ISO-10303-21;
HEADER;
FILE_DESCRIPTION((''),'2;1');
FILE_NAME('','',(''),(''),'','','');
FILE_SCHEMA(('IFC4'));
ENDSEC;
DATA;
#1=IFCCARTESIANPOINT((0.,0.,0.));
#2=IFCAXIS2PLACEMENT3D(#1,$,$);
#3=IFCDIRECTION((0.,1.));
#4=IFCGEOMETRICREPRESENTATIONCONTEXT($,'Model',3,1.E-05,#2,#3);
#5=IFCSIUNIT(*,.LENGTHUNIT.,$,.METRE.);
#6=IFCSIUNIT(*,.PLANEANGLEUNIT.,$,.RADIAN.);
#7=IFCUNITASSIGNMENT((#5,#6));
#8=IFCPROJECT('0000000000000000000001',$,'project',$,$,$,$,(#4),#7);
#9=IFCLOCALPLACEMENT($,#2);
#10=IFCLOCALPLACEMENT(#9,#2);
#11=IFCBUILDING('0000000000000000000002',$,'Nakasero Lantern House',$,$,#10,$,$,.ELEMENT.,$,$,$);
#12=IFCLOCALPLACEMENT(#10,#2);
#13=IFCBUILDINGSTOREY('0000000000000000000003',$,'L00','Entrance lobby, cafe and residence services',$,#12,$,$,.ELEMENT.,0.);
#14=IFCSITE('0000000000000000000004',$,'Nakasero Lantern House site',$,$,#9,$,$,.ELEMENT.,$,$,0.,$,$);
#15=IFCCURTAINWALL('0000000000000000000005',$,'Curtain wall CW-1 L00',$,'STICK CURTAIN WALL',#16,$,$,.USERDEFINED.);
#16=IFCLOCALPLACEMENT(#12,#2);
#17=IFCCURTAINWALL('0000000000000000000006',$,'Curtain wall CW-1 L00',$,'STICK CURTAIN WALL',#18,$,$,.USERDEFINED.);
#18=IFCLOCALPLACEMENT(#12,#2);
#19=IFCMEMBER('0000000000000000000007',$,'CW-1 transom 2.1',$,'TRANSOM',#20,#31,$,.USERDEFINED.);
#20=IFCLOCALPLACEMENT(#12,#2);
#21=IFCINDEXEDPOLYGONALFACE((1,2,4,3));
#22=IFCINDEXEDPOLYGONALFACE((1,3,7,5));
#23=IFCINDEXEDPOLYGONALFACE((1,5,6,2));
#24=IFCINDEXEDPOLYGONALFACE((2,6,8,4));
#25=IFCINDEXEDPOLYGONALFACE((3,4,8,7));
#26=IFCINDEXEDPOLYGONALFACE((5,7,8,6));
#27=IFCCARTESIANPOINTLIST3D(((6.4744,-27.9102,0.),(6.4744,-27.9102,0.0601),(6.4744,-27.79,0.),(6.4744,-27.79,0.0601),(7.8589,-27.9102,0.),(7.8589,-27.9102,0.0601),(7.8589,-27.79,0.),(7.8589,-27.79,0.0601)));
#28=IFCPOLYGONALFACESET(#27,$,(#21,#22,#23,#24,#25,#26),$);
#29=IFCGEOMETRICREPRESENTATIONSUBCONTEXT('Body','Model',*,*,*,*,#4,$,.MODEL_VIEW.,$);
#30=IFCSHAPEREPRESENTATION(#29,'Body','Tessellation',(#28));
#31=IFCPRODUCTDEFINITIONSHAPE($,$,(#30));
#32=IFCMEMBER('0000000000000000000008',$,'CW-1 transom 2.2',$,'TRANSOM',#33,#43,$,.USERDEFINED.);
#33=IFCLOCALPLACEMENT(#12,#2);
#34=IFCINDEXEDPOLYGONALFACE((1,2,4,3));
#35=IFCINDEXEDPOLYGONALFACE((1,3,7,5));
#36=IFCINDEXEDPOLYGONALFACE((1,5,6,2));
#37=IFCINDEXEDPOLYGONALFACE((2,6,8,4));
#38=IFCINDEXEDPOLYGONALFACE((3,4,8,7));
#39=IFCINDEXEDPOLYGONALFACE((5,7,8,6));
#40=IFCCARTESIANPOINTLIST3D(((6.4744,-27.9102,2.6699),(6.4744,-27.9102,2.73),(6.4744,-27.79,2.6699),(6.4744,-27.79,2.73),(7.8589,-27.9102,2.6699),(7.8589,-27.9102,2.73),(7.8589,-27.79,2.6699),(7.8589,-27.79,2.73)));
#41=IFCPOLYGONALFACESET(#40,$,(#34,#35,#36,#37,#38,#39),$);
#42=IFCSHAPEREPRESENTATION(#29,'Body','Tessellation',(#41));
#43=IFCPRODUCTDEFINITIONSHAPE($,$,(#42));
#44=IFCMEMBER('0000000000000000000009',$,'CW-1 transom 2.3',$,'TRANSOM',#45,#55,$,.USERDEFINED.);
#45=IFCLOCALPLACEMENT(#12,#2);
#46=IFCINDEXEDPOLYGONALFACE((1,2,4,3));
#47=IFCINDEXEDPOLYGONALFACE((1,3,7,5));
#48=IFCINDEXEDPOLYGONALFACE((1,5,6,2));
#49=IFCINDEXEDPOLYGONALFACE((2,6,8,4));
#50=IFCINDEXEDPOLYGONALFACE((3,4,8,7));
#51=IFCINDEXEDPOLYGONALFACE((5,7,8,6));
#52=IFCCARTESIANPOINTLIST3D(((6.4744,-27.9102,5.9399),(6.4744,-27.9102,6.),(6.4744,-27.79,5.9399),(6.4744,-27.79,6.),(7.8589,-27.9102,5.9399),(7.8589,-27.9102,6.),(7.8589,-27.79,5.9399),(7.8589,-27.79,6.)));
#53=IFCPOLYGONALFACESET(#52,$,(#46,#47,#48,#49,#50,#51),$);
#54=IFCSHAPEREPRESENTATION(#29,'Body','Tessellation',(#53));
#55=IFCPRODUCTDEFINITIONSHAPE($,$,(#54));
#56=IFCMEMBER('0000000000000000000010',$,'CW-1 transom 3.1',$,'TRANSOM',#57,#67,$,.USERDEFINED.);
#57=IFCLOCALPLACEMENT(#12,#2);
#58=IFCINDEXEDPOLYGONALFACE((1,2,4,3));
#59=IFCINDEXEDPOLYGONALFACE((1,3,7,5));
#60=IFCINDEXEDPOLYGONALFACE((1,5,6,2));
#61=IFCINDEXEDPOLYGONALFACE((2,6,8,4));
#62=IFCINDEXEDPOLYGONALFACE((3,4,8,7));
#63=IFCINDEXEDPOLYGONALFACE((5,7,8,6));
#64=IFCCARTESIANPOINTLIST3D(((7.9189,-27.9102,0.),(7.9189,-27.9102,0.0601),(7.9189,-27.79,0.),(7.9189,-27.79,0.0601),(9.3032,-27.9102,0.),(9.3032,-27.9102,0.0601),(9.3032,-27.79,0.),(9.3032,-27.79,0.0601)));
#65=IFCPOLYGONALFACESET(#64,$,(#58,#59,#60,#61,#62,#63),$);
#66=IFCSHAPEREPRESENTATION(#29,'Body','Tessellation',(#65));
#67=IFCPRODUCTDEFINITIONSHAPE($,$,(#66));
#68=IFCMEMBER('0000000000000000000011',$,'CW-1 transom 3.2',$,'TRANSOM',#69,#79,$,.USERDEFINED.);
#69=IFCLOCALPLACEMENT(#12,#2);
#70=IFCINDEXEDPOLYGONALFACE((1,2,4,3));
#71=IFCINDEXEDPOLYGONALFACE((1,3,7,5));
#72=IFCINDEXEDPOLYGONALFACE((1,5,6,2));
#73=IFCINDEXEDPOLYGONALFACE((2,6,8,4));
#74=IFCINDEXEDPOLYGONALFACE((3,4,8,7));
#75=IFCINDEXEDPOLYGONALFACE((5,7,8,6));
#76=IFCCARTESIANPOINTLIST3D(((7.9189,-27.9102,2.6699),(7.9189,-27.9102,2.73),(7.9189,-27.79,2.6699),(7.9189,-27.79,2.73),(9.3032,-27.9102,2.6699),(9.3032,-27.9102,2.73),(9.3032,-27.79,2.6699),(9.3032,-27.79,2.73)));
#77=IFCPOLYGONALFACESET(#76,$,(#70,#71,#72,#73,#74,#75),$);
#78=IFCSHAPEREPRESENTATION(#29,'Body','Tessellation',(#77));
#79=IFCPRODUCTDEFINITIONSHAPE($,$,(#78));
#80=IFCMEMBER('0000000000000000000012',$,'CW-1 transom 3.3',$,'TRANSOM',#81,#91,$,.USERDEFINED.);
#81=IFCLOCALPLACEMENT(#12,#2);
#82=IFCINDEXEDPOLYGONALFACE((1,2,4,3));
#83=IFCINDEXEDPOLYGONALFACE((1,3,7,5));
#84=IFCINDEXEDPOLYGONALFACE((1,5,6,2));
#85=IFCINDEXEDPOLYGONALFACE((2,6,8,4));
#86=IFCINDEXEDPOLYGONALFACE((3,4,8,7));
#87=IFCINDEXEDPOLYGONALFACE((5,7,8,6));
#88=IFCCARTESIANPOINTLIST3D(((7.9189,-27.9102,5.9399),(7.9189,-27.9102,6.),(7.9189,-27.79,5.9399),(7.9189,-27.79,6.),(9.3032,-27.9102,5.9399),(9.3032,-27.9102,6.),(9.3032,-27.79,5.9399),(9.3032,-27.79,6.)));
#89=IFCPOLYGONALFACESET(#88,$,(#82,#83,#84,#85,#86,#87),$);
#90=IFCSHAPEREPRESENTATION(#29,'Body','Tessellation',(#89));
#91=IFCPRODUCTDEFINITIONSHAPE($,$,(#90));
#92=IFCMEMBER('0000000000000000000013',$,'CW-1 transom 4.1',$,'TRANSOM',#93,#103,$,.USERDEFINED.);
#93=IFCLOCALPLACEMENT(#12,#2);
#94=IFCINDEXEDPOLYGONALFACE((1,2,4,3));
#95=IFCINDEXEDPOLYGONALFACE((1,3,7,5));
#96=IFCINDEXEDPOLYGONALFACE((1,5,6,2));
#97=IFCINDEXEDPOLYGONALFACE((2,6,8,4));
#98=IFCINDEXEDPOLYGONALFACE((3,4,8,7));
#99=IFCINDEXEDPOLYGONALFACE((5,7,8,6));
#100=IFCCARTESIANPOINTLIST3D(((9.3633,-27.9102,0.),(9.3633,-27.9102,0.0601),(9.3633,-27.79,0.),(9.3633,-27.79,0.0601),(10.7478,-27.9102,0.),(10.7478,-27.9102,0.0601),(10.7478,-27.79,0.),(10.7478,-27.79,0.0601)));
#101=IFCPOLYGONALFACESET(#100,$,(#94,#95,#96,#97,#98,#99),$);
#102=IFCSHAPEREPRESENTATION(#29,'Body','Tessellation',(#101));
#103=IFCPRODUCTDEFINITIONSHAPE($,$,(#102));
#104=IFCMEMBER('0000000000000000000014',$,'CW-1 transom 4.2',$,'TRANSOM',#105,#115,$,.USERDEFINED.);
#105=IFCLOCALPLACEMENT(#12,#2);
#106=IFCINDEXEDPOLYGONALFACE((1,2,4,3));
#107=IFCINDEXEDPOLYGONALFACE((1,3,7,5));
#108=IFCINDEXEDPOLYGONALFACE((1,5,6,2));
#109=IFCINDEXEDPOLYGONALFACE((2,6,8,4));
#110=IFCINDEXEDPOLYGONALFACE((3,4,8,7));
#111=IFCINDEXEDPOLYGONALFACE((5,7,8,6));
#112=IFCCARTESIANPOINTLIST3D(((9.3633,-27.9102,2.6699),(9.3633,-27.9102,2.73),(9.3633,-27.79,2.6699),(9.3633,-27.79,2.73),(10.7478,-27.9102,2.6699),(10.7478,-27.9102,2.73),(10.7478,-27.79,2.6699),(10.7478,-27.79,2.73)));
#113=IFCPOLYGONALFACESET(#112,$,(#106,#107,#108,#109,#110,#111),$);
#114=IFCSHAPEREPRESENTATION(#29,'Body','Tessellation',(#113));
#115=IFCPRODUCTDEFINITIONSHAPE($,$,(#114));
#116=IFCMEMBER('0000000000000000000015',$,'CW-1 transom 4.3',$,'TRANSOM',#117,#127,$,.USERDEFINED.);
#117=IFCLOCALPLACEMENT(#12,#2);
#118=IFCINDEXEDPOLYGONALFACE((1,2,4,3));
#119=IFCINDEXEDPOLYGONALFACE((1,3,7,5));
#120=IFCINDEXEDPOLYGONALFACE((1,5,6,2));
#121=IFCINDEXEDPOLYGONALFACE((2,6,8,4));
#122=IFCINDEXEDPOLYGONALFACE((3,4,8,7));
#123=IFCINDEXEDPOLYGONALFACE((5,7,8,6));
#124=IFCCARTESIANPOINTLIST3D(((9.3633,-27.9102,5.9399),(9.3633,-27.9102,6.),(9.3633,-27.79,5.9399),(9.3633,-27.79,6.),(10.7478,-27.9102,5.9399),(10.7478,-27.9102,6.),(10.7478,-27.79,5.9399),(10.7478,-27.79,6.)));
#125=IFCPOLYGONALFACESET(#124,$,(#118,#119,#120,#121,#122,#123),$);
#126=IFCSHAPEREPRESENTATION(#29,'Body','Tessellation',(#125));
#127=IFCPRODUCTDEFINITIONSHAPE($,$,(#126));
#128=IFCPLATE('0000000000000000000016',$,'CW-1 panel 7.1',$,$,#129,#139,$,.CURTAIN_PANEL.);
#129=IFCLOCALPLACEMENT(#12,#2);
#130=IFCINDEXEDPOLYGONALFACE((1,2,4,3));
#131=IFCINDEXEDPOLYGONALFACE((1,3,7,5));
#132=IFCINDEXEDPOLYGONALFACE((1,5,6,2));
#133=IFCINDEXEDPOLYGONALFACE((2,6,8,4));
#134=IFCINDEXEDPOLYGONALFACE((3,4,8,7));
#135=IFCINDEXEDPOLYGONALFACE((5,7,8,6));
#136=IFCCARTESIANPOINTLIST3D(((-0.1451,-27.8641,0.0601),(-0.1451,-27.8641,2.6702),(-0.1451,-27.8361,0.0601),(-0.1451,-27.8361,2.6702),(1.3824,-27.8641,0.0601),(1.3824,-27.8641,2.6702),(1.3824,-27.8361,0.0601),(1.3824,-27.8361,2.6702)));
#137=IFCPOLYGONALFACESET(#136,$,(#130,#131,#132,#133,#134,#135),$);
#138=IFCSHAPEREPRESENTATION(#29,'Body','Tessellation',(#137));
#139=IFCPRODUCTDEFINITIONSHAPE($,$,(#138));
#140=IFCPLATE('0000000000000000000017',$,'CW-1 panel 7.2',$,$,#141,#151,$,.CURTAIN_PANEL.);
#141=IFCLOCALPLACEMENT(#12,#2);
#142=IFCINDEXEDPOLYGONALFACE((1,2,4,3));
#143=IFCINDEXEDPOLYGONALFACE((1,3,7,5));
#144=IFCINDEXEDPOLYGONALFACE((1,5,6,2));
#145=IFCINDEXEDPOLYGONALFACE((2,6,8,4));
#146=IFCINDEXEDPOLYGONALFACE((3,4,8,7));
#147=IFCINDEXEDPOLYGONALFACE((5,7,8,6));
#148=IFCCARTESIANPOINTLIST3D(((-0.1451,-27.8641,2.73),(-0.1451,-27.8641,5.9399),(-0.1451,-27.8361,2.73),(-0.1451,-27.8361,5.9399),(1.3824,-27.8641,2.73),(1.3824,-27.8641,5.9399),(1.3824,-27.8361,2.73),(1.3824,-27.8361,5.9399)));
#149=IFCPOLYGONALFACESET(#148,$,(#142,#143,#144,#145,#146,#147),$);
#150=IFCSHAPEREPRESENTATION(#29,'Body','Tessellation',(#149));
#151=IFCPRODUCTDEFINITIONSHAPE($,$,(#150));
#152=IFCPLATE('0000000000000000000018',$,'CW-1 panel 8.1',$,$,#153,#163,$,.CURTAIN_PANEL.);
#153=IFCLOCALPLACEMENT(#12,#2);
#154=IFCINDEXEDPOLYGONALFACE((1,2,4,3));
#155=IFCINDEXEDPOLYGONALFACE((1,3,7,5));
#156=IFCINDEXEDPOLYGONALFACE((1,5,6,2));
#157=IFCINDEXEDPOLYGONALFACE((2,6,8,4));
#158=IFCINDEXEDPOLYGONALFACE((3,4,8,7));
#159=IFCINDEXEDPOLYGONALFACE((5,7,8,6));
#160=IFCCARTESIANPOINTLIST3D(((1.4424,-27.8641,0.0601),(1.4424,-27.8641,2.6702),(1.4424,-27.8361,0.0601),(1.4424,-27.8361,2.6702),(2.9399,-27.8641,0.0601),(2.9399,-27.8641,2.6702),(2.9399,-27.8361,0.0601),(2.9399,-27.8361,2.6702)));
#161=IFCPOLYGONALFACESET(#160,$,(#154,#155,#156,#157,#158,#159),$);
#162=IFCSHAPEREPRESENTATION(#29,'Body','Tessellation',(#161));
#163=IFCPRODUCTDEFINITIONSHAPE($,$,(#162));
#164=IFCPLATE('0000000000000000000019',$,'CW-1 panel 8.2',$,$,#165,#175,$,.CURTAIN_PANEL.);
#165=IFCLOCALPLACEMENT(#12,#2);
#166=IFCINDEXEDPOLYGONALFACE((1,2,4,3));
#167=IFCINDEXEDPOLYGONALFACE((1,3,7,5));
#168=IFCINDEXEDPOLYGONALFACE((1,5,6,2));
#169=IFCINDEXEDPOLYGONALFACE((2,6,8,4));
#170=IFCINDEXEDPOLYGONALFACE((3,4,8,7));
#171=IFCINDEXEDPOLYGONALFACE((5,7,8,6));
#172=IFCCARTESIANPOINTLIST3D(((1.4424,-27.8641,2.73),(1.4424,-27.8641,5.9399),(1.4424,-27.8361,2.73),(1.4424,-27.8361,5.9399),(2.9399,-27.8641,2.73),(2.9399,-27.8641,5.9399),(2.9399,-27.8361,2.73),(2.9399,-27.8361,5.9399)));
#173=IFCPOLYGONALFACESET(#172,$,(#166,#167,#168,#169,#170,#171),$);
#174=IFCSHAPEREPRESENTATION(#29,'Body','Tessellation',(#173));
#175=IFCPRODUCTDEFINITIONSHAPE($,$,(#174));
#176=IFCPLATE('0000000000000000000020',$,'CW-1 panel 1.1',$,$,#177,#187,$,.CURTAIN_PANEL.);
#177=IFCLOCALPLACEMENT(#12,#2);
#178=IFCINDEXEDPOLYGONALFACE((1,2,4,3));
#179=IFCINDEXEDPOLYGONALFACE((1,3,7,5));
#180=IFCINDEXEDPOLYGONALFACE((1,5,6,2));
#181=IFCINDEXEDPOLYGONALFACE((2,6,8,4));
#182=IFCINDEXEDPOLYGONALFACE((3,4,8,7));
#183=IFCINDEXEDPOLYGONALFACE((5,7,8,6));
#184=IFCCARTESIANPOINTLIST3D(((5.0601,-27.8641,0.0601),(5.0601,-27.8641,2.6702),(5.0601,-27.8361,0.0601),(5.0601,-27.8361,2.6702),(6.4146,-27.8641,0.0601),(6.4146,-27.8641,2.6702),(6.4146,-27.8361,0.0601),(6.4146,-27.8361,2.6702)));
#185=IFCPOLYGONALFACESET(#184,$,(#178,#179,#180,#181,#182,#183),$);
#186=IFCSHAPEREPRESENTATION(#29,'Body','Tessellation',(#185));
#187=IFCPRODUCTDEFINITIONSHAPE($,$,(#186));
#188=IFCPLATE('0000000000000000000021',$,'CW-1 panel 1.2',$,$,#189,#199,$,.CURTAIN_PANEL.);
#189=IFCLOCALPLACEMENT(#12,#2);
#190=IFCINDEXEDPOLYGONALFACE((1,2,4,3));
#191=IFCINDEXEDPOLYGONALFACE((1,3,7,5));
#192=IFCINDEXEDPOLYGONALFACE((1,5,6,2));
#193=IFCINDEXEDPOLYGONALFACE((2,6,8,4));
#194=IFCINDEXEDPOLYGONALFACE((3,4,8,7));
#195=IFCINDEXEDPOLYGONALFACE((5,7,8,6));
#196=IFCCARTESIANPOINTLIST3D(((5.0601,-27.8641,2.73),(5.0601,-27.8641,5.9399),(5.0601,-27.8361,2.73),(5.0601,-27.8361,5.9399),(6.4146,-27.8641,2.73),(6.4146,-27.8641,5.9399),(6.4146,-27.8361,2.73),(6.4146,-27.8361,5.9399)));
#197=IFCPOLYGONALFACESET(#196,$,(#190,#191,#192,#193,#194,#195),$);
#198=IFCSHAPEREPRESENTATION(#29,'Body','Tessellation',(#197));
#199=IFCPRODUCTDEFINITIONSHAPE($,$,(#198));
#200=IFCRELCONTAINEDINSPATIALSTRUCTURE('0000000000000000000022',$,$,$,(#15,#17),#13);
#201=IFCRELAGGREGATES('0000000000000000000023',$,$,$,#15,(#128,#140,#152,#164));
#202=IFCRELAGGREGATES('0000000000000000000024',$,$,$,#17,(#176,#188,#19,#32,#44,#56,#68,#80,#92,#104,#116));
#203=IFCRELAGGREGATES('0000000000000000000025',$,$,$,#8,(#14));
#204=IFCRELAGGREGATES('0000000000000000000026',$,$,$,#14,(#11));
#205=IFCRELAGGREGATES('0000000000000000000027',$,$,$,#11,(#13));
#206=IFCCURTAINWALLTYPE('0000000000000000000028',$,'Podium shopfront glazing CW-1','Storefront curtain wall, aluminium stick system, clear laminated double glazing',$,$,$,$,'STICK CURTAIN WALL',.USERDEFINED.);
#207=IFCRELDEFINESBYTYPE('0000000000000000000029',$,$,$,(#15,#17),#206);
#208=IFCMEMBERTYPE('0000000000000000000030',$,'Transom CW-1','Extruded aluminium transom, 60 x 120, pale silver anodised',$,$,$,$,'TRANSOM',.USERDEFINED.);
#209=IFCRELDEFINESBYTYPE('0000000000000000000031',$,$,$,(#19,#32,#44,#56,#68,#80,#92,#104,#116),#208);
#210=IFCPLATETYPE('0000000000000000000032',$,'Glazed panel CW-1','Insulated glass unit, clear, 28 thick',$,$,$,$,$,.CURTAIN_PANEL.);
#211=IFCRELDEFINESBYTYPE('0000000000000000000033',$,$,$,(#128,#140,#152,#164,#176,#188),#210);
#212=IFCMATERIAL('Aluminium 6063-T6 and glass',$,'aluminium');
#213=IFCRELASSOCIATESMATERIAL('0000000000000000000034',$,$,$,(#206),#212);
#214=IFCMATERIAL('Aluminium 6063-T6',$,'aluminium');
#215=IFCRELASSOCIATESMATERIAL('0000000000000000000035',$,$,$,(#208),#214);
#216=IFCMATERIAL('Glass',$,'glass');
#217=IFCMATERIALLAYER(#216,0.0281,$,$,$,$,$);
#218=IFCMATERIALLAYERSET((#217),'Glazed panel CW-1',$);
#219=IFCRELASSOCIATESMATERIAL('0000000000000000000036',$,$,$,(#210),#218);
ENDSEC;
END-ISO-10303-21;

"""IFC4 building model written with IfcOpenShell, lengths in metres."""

from ifc_helpers import new_model, si_unit, direction, frame, origin, origin_2d, place, context, subcontext, project, spatial, rectangle, extrude, material, layer, layer_set, material_profile, profile_set, type_object, element, aggregate, save


model = new_model("IFC4")

# Units and contexts
model_context = context("Model", 3, precision=1e-05, world=origin(), true_north=direction((0.0, 1.0)))
body_context = subcontext(model_context, "Body", "Model", "MODEL_VIEW")
ifc_project = project(units=[si_unit("LENGTHUNIT", "METRE"), si_unit("PLANEANGLEUNIT", "RADIAN")], contexts=[model_context])

# Site, building, storey
site_placement = place(None, origin())
site = spatial("IfcSite", under=ifc_project, at=site_placement, Name="Nakasero Lantern House site", CompositionType="ELEMENT", RefElevation=0.0)
building_placement = place(site_placement, origin())
building = spatial("IfcBuilding", under=site, at=building_placement, Name="Nakasero Lantern House", CompositionType="ELEMENT")
storey_placement = place(building_placement, origin())
storey = spatial("IfcBuildingStorey", under=building, at=storey_placement, Name="L00", Description="Entrance lobby, cafe and residence services", CompositionType="ELEMENT", Elevation=0.0)

# Curtain walls
ifc_material_1 = material(Name="Aluminium 6063-T6 and glass", Category="aluminium")
curtain_wall_type = type_object("IfcCurtainWallType", Name="Podium shopfront glazing CW-1", Description="Storefront curtain wall, aluminium stick system, clear laminated double glazing", ElementType="STICK CURTAIN WALL", PredefinedType="USERDEFINED", material=ifc_material_1)
curtain_wall_1_placement = place(storey_placement, origin())
curtain_wall_1 = element("IfcCurtainWall", 1, at=curtain_wall_1_placement, inside=storey, type_object=curtain_wall_type, Name="Curtain wall CW-1 L00", ObjectType="STICK CURTAIN WALL", PredefinedType="USERDEFINED")
curtain_wall_2_placement = place(storey_placement, origin())
curtain_wall_2 = element("IfcCurtainWall", 2, at=curtain_wall_2_placement, inside=storey, type_object=curtain_wall_type, Name="Curtain wall CW-1 L00", ObjectType="STICK CURTAIN WALL", PredefinedType="USERDEFINED")

# Members
ifc_material_2 = material(Name="Aluminium 6063-T6", Category="aluminium")
ifc_material_profile_1 = material_profile(ifc_material_2, rectangle(XDim=0.0601, YDim=0.1201, at=origin_2d()), Name="CW-1 transom 60x120")
ifc_profile_set_1 = profile_set([ifc_material_profile_1], Name="Aluminium 6063-T6")
member_type_1 = type_object("IfcMemberType", Name="Transom CW-1", Description="Extruded aluminium transom, 60 x 120, pale silver anodised", ElementType="TRANSOM", PredefinedType="USERDEFINED", material=ifc_profile_set_1)
member_1_placement = place(storey_placement, frame((6.4744, -27.8501, 0.03), z_axis=(1.0, 0.0, 0.0), x_axis=(0.0, 0.0, 1.0)))
member_1 = element("IfcMember", 3, at=member_1_placement, type_object=member_type_1, Name="CW-1 transom 2.1", ObjectType="TRANSOM", PredefinedType="USERDEFINED", context=body_context, shape_type="SweptSolid", body=[
    extrude(rectangle(XDim=0.0601, YDim=0.1201, at=origin_2d()), origin(), (0.0, 0.0, 1.0), 1.3845),
])
member_2_placement = place(storey_placement, frame((6.4744, -27.8501, 2.7), z_axis=(1.0, 0.0, 0.0), x_axis=(0.0, 0.0, 1.0)))
member_2 = element("IfcMember", 4, at=member_2_placement, type_object=member_type_1, Name="CW-1 transom 2.2", ObjectType="TRANSOM", PredefinedType="USERDEFINED", context=body_context, shape_type="SweptSolid", body=[
    extrude(rectangle(XDim=0.0601, YDim=0.1201, at=origin_2d()), origin(), (0.0, 0.0, 1.0), 1.3845),
])
member_3_placement = place(storey_placement, frame((6.4744, -27.8501, 5.97), z_axis=(1.0, 0.0, 0.0), x_axis=(0.0, 0.0, 1.0)))
member_3 = element("IfcMember", 5, at=member_3_placement, type_object=member_type_1, Name="CW-1 transom 2.3", ObjectType="TRANSOM", PredefinedType="USERDEFINED", context=body_context, shape_type="SweptSolid", body=[
    extrude(rectangle(XDim=0.0601, YDim=0.1201, at=origin_2d()), origin(), (0.0, 0.0, 1.0), 1.3845),
])
member_4_placement = place(storey_placement, frame((7.9189, -27.8501, 0.03), z_axis=(1.0, 0.0, 0.0), x_axis=(0.0, 0.0, 1.0)))
member_4 = element("IfcMember", 6, at=member_4_placement, type_object=member_type_1, Name="CW-1 transom 3.1", ObjectType="TRANSOM", PredefinedType="USERDEFINED", context=body_context, shape_type="SweptSolid", body=[
    extrude(rectangle(XDim=0.0601, YDim=0.1201, at=origin_2d()), origin(), (0.0, 0.0, 1.0), 1.3843),
])
member_5_placement = place(storey_placement, frame((7.9189, -27.8501, 2.7), z_axis=(1.0, 0.0, 0.0), x_axis=(0.0, 0.0, 1.0)))
member_5 = element("IfcMember", 7, at=member_5_placement, type_object=member_type_1, Name="CW-1 transom 3.2", ObjectType="TRANSOM", PredefinedType="USERDEFINED", context=body_context, shape_type="SweptSolid", body=[
    extrude(rectangle(XDim=0.0601, YDim=0.1201, at=origin_2d()), origin(), (0.0, 0.0, 1.0), 1.3843),
])
member_6_placement = place(storey_placement, frame((7.9189, -27.8501, 5.97), z_axis=(1.0, 0.0, 0.0), x_axis=(0.0, 0.0, 1.0)))
member_6 = element("IfcMember", 8, at=member_6_placement, type_object=member_type_1, Name="CW-1 transom 3.3", ObjectType="TRANSOM", PredefinedType="USERDEFINED", context=body_context, shape_type="SweptSolid", body=[
    extrude(rectangle(XDim=0.0601, YDim=0.1201, at=origin_2d()), origin(), (0.0, 0.0, 1.0), 1.3843),
])
member_7_placement = place(storey_placement, frame((9.3633, -27.8501, 0.03), z_axis=(1.0, 0.0, 0.0), x_axis=(0.0, 0.0, 1.0)))
member_7 = element("IfcMember", 9, at=member_7_placement, type_object=member_type_1, Name="CW-1 transom 4.1", ObjectType="TRANSOM", PredefinedType="USERDEFINED", context=body_context, shape_type="SweptSolid", body=[
    extrude(rectangle(XDim=0.0601, YDim=0.1201, at=origin_2d()), origin(), (0.0, 0.0, 1.0), 1.3845),
])
member_8_placement = place(storey_placement, frame((9.3633, -27.8501, 2.7), z_axis=(1.0, 0.0, 0.0), x_axis=(0.0, 0.0, 1.0)))
member_8 = element("IfcMember", 10, at=member_8_placement, type_object=member_type_1, Name="CW-1 transom 4.2", ObjectType="TRANSOM", PredefinedType="USERDEFINED", context=body_context, shape_type="SweptSolid", body=[
    extrude(rectangle(XDim=0.0601, YDim=0.1201, at=origin_2d()), origin(), (0.0, 0.0, 1.0), 1.3845),
])
member_9_placement = place(storey_placement, frame((9.3633, -27.8501, 5.97), z_axis=(1.0, 0.0, 0.0), x_axis=(0.0, 0.0, 1.0)))
member_9 = element("IfcMember", 11, at=member_9_placement, type_object=member_type_1, Name="CW-1 transom 4.3", ObjectType="TRANSOM", PredefinedType="USERDEFINED", context=body_context, shape_type="SweptSolid", body=[
    extrude(rectangle(XDim=0.0601, YDim=0.1201, at=origin_2d()), origin(), (0.0, 0.0, 1.0), 1.3845),
])

# Plates
ifc_material_3 = material(Name="Glass", Category="glass")
ifc_layer_1 = layer(ifc_material_3, 0.0281)
ifc_layer_set_1 = layer_set([ifc_layer_1], Name="Glazed panel CW-1")
plate_type = type_object("IfcPlateType", Name="Glazed panel CW-1", Description="Insulated glass unit, clear, 28 thick", PredefinedType="CURTAIN_PANEL", material=ifc_layer_set_1)
plate_1_placement = place(storey_placement, frame((0.6187, -27.8501, 0.0601), z_axis=(0.0, 0.0, 1.0), x_axis=(1.0, 0.0, 0.0)))
plate_1 = element("IfcPlate", 12, at=plate_1_placement, type_object=plate_type, Name="CW-1 panel 7.1", PredefinedType="CURTAIN_PANEL", context=body_context, shape_type="SweptSolid", body=[
    extrude(rectangle(XDim=1.5276, YDim=0.0281, at=origin_2d()), origin(), (0.0, 0.0, 1.0), 2.6101),
])
plate_2_placement = place(storey_placement, frame((0.6187, -27.8501, 2.73), z_axis=(0.0, 0.0, 1.0), x_axis=(1.0, 0.0, 0.0)))
plate_2 = element("IfcPlate", 13, at=plate_2_placement, type_object=plate_type, Name="CW-1 panel 7.2", PredefinedType="CURTAIN_PANEL", context=body_context, shape_type="SweptSolid", body=[
    extrude(rectangle(XDim=1.5276, YDim=0.0281, at=origin_2d()), origin(), (0.0, 0.0, 1.0), 3.21),
])
plate_3_placement = place(storey_placement, frame((2.1912, -27.8501, 0.0601), z_axis=(0.0, 0.0, 1.0), x_axis=(1.0, 0.0, 0.0)))
plate_3 = element("IfcPlate", 14, at=plate_3_placement, type_object=plate_type, Name="CW-1 panel 8.1", PredefinedType="CURTAIN_PANEL", context=body_context, shape_type="SweptSolid", body=[
    extrude(rectangle(XDim=1.4976, YDim=0.0281, at=origin_2d()), origin(), (0.0, 0.0, 1.0), 2.6101),
])
plate_4_placement = place(storey_placement, frame((2.1912, -27.8501, 2.73), z_axis=(0.0, 0.0, 1.0), x_axis=(1.0, 0.0, 0.0)))
plate_4 = element("IfcPlate", 15, at=plate_4_placement, type_object=plate_type, Name="CW-1 panel 8.2", PredefinedType="CURTAIN_PANEL", context=body_context, shape_type="SweptSolid", body=[
    extrude(rectangle(XDim=1.4976, YDim=0.0281, at=origin_2d()), origin(), (0.0, 0.0, 1.0), 3.21),
])
aggregate(curtain_wall_1, [plate_1, plate_2, plate_3, plate_4])
plate_5_placement = place(storey_placement, frame((5.7373, -27.8501, 0.0601), z_axis=(0.0, 0.0, 1.0), x_axis=(1.0, 0.0, 0.0)))
plate_5 = element("IfcPlate", 16, at=plate_5_placement, type_object=plate_type, Name="CW-1 panel 1.1", PredefinedType="CURTAIN_PANEL", context=body_context, shape_type="SweptSolid", body=[
    extrude(rectangle(XDim=1.3545, YDim=0.0281, at=origin_2d()), origin(), (0.0, 0.0, 1.0), 2.6101),
])
plate_6_placement = place(storey_placement, frame((5.7373, -27.8501, 2.73), z_axis=(0.0, 0.0, 1.0), x_axis=(1.0, 0.0, 0.0)))
plate_6 = element("IfcPlate", 17, at=plate_6_placement, type_object=plate_type, Name="CW-1 panel 1.2", PredefinedType="CURTAIN_PANEL", context=body_context, shape_type="SweptSolid", body=[
    extrude(rectangle(XDim=1.3545, YDim=0.0281, at=origin_2d()), origin(), (0.0, 0.0, 1.0), 3.21),
])
aggregate(curtain_wall_2, [plate_5, plate_6, member_1, member_2, member_3, member_4, member_5, member_6, member_7, member_8, member_9])

save(model, "model.ifc")
